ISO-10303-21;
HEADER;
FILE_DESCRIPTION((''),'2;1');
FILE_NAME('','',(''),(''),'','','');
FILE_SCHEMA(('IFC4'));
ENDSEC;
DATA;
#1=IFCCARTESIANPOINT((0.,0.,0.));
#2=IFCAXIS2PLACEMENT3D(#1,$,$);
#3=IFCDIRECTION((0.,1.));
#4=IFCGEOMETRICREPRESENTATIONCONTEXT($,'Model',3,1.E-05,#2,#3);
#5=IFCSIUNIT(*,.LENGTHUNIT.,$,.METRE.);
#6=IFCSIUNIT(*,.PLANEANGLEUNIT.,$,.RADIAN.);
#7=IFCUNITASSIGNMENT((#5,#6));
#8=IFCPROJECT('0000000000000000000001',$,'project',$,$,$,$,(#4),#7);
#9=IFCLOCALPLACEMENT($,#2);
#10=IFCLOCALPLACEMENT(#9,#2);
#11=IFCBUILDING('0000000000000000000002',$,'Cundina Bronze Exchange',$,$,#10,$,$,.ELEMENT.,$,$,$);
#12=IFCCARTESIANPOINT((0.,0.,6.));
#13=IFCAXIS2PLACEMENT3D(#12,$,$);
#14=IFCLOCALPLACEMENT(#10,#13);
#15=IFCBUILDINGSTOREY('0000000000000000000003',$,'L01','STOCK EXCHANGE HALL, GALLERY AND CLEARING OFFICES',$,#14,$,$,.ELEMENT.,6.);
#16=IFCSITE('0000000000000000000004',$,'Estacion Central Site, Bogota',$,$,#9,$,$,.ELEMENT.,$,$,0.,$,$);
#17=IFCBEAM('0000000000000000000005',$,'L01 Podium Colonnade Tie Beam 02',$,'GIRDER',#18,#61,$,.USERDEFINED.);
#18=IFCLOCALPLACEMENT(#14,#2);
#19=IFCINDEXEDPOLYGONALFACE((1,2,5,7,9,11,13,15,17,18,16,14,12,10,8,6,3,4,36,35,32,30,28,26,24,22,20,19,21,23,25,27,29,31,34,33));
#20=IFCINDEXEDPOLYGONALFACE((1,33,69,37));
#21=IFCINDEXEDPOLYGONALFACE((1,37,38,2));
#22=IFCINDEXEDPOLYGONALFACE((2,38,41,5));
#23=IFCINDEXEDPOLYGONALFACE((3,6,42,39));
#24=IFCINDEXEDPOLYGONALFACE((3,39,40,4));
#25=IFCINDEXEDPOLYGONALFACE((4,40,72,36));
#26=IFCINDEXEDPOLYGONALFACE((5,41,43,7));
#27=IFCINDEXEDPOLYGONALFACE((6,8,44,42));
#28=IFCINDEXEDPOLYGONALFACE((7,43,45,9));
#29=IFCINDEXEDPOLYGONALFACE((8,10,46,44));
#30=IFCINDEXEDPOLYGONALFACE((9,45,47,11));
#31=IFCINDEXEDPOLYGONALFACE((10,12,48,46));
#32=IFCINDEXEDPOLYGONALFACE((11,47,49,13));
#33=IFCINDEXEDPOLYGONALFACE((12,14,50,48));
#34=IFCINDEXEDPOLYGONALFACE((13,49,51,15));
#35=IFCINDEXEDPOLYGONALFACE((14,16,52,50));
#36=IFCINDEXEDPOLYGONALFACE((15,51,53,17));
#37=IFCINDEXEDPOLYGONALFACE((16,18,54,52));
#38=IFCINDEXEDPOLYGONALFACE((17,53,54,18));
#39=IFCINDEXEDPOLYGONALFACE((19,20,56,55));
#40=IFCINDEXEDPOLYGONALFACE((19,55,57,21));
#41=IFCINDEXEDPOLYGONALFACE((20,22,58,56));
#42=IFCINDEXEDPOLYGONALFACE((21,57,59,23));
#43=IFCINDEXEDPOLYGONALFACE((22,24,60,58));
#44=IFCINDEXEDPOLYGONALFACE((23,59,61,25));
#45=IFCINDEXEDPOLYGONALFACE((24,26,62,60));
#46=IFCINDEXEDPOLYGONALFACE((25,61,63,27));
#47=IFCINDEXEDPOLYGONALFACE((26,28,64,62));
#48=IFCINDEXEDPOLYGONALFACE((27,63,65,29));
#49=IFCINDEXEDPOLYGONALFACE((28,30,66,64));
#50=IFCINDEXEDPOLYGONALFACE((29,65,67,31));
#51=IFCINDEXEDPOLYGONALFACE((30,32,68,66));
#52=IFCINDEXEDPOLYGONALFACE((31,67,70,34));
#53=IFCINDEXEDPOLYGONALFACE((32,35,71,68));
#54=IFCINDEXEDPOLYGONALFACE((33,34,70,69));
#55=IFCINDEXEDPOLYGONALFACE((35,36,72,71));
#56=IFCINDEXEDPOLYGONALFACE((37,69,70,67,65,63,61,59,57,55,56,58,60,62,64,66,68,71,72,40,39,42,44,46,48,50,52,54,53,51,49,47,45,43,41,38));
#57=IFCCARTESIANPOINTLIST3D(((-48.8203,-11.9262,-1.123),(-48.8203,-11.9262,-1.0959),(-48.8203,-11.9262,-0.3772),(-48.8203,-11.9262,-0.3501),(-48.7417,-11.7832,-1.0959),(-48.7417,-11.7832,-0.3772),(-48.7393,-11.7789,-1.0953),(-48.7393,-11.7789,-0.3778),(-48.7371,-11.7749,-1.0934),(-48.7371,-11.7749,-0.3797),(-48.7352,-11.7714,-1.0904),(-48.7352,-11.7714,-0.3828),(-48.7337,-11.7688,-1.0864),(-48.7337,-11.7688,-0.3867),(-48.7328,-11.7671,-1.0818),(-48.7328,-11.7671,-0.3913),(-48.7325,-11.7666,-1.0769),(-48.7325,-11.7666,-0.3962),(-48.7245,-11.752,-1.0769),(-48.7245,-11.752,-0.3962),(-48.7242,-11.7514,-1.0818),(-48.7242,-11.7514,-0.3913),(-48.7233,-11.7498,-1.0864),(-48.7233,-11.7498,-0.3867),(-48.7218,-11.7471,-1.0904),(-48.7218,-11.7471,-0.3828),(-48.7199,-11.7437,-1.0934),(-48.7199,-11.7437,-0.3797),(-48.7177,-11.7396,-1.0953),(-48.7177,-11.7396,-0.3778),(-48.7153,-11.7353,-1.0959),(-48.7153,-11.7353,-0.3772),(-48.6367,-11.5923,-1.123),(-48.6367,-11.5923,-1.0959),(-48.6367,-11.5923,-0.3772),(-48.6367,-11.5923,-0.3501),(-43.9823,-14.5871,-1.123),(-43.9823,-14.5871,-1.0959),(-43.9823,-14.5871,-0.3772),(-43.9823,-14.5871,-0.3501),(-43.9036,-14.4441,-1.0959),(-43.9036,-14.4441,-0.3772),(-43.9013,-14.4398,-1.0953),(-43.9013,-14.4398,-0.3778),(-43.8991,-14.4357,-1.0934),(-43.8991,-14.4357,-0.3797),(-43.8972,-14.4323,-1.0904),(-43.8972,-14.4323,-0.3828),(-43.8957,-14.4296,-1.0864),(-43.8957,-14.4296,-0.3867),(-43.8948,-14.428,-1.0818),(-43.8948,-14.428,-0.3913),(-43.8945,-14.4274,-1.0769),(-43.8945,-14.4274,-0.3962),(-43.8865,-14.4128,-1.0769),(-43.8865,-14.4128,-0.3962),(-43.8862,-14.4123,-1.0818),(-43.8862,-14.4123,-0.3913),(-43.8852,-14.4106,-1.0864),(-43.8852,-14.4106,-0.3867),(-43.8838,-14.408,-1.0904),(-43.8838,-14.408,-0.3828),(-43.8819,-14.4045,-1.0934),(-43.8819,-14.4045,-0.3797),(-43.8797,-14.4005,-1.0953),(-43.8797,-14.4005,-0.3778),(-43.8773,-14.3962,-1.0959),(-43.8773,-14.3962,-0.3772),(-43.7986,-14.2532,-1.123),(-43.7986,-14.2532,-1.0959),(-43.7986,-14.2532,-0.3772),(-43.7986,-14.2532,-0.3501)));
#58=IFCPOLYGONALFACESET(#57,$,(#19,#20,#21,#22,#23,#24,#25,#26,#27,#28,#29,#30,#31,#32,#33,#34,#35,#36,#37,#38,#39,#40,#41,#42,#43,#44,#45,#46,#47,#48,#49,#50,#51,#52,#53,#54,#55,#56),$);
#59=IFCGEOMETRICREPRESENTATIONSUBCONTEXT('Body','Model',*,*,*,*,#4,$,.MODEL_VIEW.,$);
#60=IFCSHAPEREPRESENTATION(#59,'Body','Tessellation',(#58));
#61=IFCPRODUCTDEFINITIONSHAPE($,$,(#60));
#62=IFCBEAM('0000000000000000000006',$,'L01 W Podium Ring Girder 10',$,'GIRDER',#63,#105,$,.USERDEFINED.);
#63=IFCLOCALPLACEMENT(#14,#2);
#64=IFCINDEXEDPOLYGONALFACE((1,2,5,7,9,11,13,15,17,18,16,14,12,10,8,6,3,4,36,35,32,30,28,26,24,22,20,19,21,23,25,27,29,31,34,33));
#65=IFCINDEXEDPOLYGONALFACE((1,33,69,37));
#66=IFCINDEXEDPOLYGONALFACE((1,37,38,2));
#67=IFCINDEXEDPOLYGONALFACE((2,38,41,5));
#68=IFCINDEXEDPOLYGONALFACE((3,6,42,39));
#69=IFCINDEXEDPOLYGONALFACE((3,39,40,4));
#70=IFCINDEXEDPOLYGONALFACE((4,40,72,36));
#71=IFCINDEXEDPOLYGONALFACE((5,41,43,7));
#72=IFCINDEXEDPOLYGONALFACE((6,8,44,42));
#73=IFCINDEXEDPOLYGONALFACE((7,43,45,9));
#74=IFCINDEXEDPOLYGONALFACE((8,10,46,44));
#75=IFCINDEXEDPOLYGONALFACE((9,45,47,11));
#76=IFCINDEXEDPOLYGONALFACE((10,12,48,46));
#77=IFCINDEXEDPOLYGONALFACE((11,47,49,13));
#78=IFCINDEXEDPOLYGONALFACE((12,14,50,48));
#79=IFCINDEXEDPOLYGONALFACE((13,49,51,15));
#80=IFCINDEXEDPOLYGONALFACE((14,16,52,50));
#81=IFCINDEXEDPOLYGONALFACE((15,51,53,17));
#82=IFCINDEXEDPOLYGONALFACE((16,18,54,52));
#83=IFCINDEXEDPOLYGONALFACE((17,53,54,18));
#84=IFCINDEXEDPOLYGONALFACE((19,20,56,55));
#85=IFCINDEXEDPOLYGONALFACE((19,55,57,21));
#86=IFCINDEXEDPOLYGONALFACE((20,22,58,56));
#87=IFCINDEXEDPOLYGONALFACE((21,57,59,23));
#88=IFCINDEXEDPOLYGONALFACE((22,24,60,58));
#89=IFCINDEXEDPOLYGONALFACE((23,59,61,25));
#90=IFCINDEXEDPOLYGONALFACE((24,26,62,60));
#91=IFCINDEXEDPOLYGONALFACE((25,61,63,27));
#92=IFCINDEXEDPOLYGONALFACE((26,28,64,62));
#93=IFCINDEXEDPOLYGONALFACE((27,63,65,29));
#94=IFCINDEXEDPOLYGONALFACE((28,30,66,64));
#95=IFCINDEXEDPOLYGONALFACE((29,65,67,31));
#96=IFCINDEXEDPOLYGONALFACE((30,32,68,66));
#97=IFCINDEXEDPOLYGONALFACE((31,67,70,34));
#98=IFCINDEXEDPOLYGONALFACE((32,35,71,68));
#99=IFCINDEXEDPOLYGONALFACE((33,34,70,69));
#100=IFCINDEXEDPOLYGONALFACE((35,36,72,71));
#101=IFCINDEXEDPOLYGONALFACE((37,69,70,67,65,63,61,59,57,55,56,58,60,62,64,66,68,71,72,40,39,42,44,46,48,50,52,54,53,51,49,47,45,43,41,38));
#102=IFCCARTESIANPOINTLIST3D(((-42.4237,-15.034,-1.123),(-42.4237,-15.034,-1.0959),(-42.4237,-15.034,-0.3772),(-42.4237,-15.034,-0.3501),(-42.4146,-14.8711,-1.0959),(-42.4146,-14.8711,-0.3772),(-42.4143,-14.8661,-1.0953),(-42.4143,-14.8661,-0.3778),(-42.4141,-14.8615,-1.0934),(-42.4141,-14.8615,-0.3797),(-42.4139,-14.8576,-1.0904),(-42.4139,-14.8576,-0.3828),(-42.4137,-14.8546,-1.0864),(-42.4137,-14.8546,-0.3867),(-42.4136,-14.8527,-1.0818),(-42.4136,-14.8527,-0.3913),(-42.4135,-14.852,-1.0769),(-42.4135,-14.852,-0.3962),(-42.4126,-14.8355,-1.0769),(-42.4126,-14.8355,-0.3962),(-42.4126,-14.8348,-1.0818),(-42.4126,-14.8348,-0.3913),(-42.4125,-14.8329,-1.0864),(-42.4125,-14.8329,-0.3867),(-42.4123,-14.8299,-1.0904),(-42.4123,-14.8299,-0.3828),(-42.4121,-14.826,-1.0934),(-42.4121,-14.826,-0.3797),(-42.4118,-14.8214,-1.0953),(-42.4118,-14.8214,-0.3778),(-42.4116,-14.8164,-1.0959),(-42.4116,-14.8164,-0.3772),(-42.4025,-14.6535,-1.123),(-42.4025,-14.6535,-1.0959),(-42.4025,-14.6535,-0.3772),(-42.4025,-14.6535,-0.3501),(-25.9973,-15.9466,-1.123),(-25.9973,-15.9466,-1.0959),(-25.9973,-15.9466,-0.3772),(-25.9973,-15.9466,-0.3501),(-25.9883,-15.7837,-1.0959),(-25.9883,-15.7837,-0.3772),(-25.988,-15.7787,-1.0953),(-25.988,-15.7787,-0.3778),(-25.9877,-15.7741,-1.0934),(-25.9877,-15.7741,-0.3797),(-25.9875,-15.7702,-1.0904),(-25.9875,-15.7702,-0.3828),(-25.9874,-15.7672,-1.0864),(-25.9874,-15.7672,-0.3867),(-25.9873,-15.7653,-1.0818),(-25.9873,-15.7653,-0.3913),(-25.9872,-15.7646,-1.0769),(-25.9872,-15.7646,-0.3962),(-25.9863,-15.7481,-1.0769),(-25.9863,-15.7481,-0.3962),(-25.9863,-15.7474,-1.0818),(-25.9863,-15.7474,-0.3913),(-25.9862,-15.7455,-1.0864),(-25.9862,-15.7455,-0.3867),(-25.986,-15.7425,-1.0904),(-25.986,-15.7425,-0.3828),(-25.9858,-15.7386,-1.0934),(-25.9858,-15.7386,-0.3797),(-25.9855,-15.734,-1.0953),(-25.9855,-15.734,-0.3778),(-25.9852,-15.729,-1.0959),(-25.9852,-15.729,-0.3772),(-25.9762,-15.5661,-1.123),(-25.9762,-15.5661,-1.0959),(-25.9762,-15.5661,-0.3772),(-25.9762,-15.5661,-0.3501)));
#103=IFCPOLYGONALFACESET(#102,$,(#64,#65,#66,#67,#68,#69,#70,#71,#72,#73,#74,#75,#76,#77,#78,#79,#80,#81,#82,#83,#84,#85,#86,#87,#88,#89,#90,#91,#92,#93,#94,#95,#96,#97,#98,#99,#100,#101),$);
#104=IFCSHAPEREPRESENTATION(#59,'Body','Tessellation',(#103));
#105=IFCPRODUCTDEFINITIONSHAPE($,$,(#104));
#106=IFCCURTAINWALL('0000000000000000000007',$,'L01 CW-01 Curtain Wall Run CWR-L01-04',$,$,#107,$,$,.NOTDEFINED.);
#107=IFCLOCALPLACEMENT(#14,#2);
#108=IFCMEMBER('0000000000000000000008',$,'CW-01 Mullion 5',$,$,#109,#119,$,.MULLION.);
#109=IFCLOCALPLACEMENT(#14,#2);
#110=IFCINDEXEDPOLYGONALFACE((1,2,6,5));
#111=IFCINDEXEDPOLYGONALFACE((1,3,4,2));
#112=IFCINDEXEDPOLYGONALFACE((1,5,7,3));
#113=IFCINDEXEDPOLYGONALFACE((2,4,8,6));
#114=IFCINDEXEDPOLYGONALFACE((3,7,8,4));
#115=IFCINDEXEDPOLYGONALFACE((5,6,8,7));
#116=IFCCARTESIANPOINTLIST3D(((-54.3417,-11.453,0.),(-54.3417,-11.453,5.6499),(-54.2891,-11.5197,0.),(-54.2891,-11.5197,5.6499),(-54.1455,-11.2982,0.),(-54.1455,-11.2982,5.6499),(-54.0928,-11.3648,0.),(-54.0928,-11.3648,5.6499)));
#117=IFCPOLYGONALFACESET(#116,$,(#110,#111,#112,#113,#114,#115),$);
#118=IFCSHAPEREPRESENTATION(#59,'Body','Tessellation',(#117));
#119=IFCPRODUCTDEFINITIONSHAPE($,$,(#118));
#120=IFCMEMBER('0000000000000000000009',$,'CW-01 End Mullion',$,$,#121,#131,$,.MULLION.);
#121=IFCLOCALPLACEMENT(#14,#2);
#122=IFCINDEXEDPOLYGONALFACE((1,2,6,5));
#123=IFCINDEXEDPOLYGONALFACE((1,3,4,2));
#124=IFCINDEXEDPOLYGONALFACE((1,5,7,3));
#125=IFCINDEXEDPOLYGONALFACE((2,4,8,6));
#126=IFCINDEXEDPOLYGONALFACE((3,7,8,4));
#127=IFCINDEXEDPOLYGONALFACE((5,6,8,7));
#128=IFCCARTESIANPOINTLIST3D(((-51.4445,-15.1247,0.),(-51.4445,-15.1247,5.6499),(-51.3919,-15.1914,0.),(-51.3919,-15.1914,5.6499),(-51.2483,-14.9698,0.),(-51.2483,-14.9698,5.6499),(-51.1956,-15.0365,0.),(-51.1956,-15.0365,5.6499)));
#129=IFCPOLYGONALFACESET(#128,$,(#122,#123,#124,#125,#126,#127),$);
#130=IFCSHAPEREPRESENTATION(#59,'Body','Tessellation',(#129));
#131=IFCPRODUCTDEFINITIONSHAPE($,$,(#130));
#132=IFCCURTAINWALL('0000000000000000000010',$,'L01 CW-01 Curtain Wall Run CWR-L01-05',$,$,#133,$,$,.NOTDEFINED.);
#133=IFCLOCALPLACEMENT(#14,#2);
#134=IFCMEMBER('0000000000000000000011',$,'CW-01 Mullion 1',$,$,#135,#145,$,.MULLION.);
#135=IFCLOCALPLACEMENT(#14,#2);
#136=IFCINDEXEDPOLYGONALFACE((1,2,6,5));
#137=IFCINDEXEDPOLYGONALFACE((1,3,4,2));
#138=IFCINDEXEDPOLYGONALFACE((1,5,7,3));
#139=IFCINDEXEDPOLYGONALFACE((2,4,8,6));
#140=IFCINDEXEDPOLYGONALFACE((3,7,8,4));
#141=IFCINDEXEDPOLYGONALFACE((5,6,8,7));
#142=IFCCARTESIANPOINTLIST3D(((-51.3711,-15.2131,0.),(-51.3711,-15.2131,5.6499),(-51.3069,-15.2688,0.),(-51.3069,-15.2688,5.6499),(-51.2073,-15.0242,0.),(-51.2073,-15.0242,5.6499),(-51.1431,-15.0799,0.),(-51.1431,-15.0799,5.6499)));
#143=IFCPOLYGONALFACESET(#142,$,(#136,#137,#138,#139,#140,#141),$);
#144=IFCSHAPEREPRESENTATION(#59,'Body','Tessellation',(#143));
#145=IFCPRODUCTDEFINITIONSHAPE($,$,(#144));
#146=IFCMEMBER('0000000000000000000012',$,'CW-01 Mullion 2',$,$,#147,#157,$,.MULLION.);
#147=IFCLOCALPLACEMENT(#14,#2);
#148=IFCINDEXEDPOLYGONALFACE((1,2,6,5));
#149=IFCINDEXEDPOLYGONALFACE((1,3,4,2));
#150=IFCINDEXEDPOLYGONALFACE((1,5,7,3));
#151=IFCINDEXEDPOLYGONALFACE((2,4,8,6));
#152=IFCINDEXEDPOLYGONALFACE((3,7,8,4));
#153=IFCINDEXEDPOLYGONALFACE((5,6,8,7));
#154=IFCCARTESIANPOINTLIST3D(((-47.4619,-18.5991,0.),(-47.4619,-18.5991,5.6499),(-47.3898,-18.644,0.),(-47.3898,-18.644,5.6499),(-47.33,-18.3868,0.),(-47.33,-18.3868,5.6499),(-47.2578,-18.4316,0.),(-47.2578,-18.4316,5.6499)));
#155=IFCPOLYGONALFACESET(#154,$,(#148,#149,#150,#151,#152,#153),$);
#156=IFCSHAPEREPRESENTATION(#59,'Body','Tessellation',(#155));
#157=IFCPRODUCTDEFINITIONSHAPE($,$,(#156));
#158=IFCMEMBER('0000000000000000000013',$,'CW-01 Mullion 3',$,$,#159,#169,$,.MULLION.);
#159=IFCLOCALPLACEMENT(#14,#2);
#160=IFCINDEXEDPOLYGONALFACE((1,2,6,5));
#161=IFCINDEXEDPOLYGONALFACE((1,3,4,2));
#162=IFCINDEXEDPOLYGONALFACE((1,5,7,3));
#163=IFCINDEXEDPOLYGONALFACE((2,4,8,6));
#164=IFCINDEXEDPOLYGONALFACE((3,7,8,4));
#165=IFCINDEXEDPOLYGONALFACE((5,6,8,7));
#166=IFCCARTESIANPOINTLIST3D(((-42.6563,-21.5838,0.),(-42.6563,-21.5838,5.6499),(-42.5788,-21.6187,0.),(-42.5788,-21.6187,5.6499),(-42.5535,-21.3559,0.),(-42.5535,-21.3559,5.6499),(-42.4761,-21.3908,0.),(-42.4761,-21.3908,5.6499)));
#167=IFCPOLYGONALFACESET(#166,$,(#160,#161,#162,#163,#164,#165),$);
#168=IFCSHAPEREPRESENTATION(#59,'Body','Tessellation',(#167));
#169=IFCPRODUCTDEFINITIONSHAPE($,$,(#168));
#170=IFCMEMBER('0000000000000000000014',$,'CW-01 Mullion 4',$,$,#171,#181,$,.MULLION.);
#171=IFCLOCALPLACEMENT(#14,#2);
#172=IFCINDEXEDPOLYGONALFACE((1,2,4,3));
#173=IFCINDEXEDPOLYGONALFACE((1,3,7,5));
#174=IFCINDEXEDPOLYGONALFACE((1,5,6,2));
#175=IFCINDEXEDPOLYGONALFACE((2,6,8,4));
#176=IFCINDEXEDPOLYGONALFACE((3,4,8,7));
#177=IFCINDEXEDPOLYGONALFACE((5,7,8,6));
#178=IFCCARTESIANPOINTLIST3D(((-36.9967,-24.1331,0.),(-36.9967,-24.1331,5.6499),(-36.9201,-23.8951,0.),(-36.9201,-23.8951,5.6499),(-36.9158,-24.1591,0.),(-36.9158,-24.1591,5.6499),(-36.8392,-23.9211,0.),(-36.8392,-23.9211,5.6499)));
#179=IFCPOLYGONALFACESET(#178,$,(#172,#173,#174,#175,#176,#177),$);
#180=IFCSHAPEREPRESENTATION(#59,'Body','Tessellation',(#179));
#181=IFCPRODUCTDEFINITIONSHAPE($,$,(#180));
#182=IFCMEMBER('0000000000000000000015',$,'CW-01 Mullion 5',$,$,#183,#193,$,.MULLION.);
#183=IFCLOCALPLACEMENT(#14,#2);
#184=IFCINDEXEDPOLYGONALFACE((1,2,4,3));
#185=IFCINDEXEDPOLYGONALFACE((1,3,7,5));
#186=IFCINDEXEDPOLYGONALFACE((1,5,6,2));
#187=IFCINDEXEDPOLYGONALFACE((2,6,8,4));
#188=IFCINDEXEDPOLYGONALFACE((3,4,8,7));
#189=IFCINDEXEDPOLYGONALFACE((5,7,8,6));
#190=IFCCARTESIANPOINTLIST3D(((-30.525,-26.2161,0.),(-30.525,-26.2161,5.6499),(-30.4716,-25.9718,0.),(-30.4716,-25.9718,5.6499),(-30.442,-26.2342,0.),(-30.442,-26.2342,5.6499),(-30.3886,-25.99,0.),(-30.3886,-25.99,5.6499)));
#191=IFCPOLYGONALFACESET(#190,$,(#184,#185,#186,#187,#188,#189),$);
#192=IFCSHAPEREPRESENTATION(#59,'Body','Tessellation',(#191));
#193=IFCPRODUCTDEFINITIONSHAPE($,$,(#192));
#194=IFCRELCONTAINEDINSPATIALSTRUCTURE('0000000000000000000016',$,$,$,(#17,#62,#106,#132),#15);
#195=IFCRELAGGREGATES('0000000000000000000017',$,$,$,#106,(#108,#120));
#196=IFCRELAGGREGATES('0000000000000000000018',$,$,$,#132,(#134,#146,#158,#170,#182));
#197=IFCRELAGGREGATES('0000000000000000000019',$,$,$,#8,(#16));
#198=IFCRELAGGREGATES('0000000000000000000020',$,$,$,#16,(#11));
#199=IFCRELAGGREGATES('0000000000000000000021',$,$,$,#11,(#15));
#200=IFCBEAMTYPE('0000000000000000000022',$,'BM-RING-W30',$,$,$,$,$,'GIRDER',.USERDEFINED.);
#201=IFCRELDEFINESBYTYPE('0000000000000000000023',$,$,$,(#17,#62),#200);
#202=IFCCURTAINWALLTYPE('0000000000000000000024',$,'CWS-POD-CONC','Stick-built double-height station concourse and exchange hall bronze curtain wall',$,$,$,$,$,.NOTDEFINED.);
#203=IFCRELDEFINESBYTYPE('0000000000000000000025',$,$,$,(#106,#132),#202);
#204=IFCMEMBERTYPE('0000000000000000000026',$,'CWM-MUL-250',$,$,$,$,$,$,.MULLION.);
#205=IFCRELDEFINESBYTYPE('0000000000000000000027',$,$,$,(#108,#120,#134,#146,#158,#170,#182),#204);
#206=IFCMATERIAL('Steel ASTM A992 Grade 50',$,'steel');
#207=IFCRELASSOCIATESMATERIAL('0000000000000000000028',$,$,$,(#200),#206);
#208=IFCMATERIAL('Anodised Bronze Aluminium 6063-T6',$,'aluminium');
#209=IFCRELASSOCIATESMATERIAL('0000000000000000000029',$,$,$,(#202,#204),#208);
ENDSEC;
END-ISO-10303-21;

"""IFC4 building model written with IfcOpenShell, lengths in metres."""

from ifc_helpers import new_model, si_unit, direction, frame, origin, origin_2d, place, context, subcontext, project, spatial, rectangle, i_section, extrude, material, material_profile, profile_set, type_object, element, aggregate, save


model = new_model("IFC4")

# Units and contexts
model_context = context("Model", 3, precision=1e-05, world=origin(), true_north=direction((0.0, 1.0)))
body_context = subcontext(model_context, "Body", "Model", "MODEL_VIEW")
ifc_project = project(units=[si_unit("LENGTHUNIT", "METRE"), si_unit("PLANEANGLEUNIT", "RADIAN")], contexts=[model_context])

# Site, building, storey
site_placement = place(None, origin())
site = spatial("IfcSite", under=ifc_project, at=site_placement, Name="Estacion Central Site, Bogota", CompositionType="ELEMENT", RefElevation=0.0)
building_placement = place(site_placement, origin())
building = spatial("IfcBuilding", under=site, at=building_placement, Name="Cundina Bronze Exchange", CompositionType="ELEMENT")
storey_placement = place(building_placement, frame((0.0, 0.0, 6.0)))
storey = spatial("IfcBuildingStorey", under=building, at=storey_placement, Name="L01", Description="STOCK EXCHANGE HALL, GALLERY AND CLEARING OFFICES", CompositionType="ELEMENT", Elevation=6.0)

# Beams
ifc_material_1 = material(Name="Steel ASTM A992 Grade 50", Category="steel")
ifc_material_profile_1 = material_profile(ifc_material_1, i_section(OverallWidth=0.3811, OverallDepth=0.7729, WebThickness=0.0166, FlangeThickness=0.0271, FilletRadius=0.019, at=origin_2d()), Name="W30X173", Category="steel")
ifc_profile_set_1 = profile_set([ifc_material_profile_1], Name="Steel ASTM A992 Grade 50")
beam_type_1 = type_object("IfcBeamType", Name="BM-RING-W30", ElementType="GIRDER", PredefinedType="USERDEFINED", material=ifc_profile_set_1)
beam_1_placement = place(storey_placement, frame((-48.7285, -11.7593, -0.7366), z_axis=(0.876222, -0.481907, 0.0), x_axis=(0.481907, 0.876222, 0.0)))
element("IfcBeam", 1, at=beam_1_placement, inside=storey, type_object=beam_type_1, Name="L01 Podium Colonnade Tie Beam 02", ObjectType="GIRDER", PredefinedType="USERDEFINED", context=body_context, shape_type="SweptSolid", body=[
    extrude(i_section(OverallWidth=0.3811, OverallDepth=0.7729, WebThickness=0.0166, FlangeThickness=0.0271, FilletRadius=0.019, at=origin_2d()), origin(), (0.0, 0.0, 1.0), 5.5215),
])
beam_2_placement = place(storey_placement, frame((-42.4131, -14.8438, -0.7366), z_axis=(0.99846, -0.055472, 0.0), x_axis=(0.055472, 0.99846, 0.0)))
element("IfcBeam", 2, at=beam_2_placement, inside=storey, type_object=beam_type_1, Name="L01 W Podium Ring Girder 10", ObjectType="GIRDER", PredefinedType="USERDEFINED", context=body_context, shape_type="SweptSolid", body=[
    extrude(i_section(OverallWidth=0.3811, OverallDepth=0.7729, WebThickness=0.0166, FlangeThickness=0.0271, FilletRadius=0.019, at=origin_2d()), origin(), (0.0, 0.0, 1.0), 16.4517),
])

# Curtain walls, members
ifc_material_2 = material(Name="Anodised Bronze Aluminium 6063-T6", Category="aluminium")
curtain_wall_type = type_object("IfcCurtainWallType", Name="CWS-POD-CONC", Description="Stick-built double-height station concourse and exchange hall bronze curtain wall", PredefinedType="NOTDEFINED", material=ifc_material_2)
curtain_wall_1_placement = place(storey_placement, origin())
curtain_wall_1 = element("IfcCurtainWall", 3, at=curtain_wall_1_placement, inside=storey, type_object=curtain_wall_type, Name="L01 CW-01 Curtain Wall Run CWR-L01-04", PredefinedType="NOTDEFINED")
ifc_material_profile_2 = material_profile(ifc_material_2, rectangle(XDim=0.085, YDim=0.25, at=origin_2d()), Name="AL85X250", Category="aluminium")
ifc_profile_set_2 = profile_set([ifc_material_profile_2], Name="Anodised Bronze Aluminium 6063-T6")
member_type_1 = type_object("IfcMemberType", Name="CWM-MUL-250", PredefinedType="MULLION", material=ifc_profile_set_2)
member_1_placement = place(storey_placement, frame((-54.2173, -11.4089, 0.0), z_axis=(0.0, 0.0, 1.0), x_axis=(0.619505, -0.784993, 0.0)))
member_1 = element("IfcMember", 4, at=member_1_placement, type_object=member_type_1, Name="CW-01 Mullion 5", PredefinedType="MULLION", context=body_context, shape_type="SweptSolid", body=[
    extrude(rectangle(XDim=0.085, YDim=0.25, at=origin_2d()), origin(), (0.0, 0.0, 1.0), 5.6499),
])
member_2_placement = place(storey_placement, frame((-51.3201, -15.0806, 0.0), z_axis=(0.0, 0.0, 1.0), x_axis=(0.619505, -0.784993, 0.0)))
member_2 = element("IfcMember", 5, at=member_2_placement, type_object=member_type_1, Name="CW-01 End Mullion", PredefinedType="MULLION", context=body_context, shape_type="SweptSolid", body=[
    extrude(rectangle(XDim=0.085, YDim=0.25, at=origin_2d()), origin(), (0.0, 0.0, 1.0), 5.6499),
])
curtain_wall_2_placement = place(storey_placement, origin())
curtain_wall_2 = element("IfcCurtainWall", 6, at=curtain_wall_2_placement, inside=storey, type_object=curtain_wall_type, Name="L01 CW-01 Curtain Wall Run CWR-L01-05", PredefinedType="NOTDEFINED")
member_3_placement = place(storey_placement, frame((-51.2571, -15.1465, 0.0), z_axis=(0.0, 0.0, 1.0), x_axis=(0.755511, -0.655136, 0.0)))
member_3 = element("IfcMember", 7, at=member_3_placement, type_object=member_type_1, Name="CW-01 Mullion 1", PredefinedType="MULLION", context=body_context, shape_type="SweptSolid", body=[
    extrude(rectangle(XDim=0.085, YDim=0.25, at=origin_2d()), origin(), (0.0, 0.0, 1.0), 5.6499),
])
member_4_placement = place(storey_placement, frame((-47.3599, -18.5154, 0.0), z_axis=(0.0, 0.0, 1.0), x_axis=(0.84934, -0.527846, 0.0)))
member_4 = element("IfcMember", 8, at=member_4_placement, type_object=member_type_1, Name="CW-01 Mullion 2", PredefinedType="MULLION", context=body_context, shape_type="SweptSolid", body=[
    extrude(rectangle(XDim=0.085, YDim=0.25, at=origin_2d()), origin(), (0.0, 0.0, 1.0), 5.6499),
])
member_5_placement = place(storey_placement, frame((-42.5662, -21.4873, 0.0), z_axis=(0.0, 0.0, 1.0), x_axis=(0.911619, -0.411037, 0.0)))
member_5 = element("IfcMember", 9, at=member_5_placement, type_object=member_type_1, Name="CW-01 Mullion 3", PredefinedType="MULLION", context=body_context, shape_type="SweptSolid", body=[
    extrude(rectangle(XDim=0.085, YDim=0.25, at=origin_2d()), origin(), (0.0, 0.0, 1.0), 5.6499),
])
member_6_placement = place(storey_placement, frame((-36.918, -24.0271, 0.0), z_axis=(0.0, 0.0, 1.0), x_axis=(0.951862, -0.306526, 0.0)))
member_6 = element("IfcMember", 10, at=member_6_placement, type_object=member_type_1, Name="CW-01 Mullion 4", PredefinedType="MULLION", context=body_context, shape_type="SweptSolid", body=[
    extrude(rectangle(XDim=0.085, YDim=0.25, at=origin_2d()), origin(), (0.0, 0.0, 1.0), 5.6499),
])
member_7_placement = place(storey_placement, frame((-30.4568, -26.103, 0.0), z_axis=(0.0, 0.0, 1.0), x_axis=(0.976897, -0.213712, 0.0)))
member_7 = element("IfcMember", 11, at=member_7_placement, type_object=member_type_1, Name="CW-01 Mullion 5", PredefinedType="MULLION", context=body_context, shape_type="SweptSolid", body=[
    extrude(rectangle(XDim=0.085, YDim=0.25, at=origin_2d()), origin(), (0.0, 0.0, 1.0), 5.6499),
])

aggregate(curtain_wall_1, [member_1, member_2])
aggregate(curtain_wall_2, [member_3, member_4, member_5, member_6, member_7])

save(model, "model.ifc")
